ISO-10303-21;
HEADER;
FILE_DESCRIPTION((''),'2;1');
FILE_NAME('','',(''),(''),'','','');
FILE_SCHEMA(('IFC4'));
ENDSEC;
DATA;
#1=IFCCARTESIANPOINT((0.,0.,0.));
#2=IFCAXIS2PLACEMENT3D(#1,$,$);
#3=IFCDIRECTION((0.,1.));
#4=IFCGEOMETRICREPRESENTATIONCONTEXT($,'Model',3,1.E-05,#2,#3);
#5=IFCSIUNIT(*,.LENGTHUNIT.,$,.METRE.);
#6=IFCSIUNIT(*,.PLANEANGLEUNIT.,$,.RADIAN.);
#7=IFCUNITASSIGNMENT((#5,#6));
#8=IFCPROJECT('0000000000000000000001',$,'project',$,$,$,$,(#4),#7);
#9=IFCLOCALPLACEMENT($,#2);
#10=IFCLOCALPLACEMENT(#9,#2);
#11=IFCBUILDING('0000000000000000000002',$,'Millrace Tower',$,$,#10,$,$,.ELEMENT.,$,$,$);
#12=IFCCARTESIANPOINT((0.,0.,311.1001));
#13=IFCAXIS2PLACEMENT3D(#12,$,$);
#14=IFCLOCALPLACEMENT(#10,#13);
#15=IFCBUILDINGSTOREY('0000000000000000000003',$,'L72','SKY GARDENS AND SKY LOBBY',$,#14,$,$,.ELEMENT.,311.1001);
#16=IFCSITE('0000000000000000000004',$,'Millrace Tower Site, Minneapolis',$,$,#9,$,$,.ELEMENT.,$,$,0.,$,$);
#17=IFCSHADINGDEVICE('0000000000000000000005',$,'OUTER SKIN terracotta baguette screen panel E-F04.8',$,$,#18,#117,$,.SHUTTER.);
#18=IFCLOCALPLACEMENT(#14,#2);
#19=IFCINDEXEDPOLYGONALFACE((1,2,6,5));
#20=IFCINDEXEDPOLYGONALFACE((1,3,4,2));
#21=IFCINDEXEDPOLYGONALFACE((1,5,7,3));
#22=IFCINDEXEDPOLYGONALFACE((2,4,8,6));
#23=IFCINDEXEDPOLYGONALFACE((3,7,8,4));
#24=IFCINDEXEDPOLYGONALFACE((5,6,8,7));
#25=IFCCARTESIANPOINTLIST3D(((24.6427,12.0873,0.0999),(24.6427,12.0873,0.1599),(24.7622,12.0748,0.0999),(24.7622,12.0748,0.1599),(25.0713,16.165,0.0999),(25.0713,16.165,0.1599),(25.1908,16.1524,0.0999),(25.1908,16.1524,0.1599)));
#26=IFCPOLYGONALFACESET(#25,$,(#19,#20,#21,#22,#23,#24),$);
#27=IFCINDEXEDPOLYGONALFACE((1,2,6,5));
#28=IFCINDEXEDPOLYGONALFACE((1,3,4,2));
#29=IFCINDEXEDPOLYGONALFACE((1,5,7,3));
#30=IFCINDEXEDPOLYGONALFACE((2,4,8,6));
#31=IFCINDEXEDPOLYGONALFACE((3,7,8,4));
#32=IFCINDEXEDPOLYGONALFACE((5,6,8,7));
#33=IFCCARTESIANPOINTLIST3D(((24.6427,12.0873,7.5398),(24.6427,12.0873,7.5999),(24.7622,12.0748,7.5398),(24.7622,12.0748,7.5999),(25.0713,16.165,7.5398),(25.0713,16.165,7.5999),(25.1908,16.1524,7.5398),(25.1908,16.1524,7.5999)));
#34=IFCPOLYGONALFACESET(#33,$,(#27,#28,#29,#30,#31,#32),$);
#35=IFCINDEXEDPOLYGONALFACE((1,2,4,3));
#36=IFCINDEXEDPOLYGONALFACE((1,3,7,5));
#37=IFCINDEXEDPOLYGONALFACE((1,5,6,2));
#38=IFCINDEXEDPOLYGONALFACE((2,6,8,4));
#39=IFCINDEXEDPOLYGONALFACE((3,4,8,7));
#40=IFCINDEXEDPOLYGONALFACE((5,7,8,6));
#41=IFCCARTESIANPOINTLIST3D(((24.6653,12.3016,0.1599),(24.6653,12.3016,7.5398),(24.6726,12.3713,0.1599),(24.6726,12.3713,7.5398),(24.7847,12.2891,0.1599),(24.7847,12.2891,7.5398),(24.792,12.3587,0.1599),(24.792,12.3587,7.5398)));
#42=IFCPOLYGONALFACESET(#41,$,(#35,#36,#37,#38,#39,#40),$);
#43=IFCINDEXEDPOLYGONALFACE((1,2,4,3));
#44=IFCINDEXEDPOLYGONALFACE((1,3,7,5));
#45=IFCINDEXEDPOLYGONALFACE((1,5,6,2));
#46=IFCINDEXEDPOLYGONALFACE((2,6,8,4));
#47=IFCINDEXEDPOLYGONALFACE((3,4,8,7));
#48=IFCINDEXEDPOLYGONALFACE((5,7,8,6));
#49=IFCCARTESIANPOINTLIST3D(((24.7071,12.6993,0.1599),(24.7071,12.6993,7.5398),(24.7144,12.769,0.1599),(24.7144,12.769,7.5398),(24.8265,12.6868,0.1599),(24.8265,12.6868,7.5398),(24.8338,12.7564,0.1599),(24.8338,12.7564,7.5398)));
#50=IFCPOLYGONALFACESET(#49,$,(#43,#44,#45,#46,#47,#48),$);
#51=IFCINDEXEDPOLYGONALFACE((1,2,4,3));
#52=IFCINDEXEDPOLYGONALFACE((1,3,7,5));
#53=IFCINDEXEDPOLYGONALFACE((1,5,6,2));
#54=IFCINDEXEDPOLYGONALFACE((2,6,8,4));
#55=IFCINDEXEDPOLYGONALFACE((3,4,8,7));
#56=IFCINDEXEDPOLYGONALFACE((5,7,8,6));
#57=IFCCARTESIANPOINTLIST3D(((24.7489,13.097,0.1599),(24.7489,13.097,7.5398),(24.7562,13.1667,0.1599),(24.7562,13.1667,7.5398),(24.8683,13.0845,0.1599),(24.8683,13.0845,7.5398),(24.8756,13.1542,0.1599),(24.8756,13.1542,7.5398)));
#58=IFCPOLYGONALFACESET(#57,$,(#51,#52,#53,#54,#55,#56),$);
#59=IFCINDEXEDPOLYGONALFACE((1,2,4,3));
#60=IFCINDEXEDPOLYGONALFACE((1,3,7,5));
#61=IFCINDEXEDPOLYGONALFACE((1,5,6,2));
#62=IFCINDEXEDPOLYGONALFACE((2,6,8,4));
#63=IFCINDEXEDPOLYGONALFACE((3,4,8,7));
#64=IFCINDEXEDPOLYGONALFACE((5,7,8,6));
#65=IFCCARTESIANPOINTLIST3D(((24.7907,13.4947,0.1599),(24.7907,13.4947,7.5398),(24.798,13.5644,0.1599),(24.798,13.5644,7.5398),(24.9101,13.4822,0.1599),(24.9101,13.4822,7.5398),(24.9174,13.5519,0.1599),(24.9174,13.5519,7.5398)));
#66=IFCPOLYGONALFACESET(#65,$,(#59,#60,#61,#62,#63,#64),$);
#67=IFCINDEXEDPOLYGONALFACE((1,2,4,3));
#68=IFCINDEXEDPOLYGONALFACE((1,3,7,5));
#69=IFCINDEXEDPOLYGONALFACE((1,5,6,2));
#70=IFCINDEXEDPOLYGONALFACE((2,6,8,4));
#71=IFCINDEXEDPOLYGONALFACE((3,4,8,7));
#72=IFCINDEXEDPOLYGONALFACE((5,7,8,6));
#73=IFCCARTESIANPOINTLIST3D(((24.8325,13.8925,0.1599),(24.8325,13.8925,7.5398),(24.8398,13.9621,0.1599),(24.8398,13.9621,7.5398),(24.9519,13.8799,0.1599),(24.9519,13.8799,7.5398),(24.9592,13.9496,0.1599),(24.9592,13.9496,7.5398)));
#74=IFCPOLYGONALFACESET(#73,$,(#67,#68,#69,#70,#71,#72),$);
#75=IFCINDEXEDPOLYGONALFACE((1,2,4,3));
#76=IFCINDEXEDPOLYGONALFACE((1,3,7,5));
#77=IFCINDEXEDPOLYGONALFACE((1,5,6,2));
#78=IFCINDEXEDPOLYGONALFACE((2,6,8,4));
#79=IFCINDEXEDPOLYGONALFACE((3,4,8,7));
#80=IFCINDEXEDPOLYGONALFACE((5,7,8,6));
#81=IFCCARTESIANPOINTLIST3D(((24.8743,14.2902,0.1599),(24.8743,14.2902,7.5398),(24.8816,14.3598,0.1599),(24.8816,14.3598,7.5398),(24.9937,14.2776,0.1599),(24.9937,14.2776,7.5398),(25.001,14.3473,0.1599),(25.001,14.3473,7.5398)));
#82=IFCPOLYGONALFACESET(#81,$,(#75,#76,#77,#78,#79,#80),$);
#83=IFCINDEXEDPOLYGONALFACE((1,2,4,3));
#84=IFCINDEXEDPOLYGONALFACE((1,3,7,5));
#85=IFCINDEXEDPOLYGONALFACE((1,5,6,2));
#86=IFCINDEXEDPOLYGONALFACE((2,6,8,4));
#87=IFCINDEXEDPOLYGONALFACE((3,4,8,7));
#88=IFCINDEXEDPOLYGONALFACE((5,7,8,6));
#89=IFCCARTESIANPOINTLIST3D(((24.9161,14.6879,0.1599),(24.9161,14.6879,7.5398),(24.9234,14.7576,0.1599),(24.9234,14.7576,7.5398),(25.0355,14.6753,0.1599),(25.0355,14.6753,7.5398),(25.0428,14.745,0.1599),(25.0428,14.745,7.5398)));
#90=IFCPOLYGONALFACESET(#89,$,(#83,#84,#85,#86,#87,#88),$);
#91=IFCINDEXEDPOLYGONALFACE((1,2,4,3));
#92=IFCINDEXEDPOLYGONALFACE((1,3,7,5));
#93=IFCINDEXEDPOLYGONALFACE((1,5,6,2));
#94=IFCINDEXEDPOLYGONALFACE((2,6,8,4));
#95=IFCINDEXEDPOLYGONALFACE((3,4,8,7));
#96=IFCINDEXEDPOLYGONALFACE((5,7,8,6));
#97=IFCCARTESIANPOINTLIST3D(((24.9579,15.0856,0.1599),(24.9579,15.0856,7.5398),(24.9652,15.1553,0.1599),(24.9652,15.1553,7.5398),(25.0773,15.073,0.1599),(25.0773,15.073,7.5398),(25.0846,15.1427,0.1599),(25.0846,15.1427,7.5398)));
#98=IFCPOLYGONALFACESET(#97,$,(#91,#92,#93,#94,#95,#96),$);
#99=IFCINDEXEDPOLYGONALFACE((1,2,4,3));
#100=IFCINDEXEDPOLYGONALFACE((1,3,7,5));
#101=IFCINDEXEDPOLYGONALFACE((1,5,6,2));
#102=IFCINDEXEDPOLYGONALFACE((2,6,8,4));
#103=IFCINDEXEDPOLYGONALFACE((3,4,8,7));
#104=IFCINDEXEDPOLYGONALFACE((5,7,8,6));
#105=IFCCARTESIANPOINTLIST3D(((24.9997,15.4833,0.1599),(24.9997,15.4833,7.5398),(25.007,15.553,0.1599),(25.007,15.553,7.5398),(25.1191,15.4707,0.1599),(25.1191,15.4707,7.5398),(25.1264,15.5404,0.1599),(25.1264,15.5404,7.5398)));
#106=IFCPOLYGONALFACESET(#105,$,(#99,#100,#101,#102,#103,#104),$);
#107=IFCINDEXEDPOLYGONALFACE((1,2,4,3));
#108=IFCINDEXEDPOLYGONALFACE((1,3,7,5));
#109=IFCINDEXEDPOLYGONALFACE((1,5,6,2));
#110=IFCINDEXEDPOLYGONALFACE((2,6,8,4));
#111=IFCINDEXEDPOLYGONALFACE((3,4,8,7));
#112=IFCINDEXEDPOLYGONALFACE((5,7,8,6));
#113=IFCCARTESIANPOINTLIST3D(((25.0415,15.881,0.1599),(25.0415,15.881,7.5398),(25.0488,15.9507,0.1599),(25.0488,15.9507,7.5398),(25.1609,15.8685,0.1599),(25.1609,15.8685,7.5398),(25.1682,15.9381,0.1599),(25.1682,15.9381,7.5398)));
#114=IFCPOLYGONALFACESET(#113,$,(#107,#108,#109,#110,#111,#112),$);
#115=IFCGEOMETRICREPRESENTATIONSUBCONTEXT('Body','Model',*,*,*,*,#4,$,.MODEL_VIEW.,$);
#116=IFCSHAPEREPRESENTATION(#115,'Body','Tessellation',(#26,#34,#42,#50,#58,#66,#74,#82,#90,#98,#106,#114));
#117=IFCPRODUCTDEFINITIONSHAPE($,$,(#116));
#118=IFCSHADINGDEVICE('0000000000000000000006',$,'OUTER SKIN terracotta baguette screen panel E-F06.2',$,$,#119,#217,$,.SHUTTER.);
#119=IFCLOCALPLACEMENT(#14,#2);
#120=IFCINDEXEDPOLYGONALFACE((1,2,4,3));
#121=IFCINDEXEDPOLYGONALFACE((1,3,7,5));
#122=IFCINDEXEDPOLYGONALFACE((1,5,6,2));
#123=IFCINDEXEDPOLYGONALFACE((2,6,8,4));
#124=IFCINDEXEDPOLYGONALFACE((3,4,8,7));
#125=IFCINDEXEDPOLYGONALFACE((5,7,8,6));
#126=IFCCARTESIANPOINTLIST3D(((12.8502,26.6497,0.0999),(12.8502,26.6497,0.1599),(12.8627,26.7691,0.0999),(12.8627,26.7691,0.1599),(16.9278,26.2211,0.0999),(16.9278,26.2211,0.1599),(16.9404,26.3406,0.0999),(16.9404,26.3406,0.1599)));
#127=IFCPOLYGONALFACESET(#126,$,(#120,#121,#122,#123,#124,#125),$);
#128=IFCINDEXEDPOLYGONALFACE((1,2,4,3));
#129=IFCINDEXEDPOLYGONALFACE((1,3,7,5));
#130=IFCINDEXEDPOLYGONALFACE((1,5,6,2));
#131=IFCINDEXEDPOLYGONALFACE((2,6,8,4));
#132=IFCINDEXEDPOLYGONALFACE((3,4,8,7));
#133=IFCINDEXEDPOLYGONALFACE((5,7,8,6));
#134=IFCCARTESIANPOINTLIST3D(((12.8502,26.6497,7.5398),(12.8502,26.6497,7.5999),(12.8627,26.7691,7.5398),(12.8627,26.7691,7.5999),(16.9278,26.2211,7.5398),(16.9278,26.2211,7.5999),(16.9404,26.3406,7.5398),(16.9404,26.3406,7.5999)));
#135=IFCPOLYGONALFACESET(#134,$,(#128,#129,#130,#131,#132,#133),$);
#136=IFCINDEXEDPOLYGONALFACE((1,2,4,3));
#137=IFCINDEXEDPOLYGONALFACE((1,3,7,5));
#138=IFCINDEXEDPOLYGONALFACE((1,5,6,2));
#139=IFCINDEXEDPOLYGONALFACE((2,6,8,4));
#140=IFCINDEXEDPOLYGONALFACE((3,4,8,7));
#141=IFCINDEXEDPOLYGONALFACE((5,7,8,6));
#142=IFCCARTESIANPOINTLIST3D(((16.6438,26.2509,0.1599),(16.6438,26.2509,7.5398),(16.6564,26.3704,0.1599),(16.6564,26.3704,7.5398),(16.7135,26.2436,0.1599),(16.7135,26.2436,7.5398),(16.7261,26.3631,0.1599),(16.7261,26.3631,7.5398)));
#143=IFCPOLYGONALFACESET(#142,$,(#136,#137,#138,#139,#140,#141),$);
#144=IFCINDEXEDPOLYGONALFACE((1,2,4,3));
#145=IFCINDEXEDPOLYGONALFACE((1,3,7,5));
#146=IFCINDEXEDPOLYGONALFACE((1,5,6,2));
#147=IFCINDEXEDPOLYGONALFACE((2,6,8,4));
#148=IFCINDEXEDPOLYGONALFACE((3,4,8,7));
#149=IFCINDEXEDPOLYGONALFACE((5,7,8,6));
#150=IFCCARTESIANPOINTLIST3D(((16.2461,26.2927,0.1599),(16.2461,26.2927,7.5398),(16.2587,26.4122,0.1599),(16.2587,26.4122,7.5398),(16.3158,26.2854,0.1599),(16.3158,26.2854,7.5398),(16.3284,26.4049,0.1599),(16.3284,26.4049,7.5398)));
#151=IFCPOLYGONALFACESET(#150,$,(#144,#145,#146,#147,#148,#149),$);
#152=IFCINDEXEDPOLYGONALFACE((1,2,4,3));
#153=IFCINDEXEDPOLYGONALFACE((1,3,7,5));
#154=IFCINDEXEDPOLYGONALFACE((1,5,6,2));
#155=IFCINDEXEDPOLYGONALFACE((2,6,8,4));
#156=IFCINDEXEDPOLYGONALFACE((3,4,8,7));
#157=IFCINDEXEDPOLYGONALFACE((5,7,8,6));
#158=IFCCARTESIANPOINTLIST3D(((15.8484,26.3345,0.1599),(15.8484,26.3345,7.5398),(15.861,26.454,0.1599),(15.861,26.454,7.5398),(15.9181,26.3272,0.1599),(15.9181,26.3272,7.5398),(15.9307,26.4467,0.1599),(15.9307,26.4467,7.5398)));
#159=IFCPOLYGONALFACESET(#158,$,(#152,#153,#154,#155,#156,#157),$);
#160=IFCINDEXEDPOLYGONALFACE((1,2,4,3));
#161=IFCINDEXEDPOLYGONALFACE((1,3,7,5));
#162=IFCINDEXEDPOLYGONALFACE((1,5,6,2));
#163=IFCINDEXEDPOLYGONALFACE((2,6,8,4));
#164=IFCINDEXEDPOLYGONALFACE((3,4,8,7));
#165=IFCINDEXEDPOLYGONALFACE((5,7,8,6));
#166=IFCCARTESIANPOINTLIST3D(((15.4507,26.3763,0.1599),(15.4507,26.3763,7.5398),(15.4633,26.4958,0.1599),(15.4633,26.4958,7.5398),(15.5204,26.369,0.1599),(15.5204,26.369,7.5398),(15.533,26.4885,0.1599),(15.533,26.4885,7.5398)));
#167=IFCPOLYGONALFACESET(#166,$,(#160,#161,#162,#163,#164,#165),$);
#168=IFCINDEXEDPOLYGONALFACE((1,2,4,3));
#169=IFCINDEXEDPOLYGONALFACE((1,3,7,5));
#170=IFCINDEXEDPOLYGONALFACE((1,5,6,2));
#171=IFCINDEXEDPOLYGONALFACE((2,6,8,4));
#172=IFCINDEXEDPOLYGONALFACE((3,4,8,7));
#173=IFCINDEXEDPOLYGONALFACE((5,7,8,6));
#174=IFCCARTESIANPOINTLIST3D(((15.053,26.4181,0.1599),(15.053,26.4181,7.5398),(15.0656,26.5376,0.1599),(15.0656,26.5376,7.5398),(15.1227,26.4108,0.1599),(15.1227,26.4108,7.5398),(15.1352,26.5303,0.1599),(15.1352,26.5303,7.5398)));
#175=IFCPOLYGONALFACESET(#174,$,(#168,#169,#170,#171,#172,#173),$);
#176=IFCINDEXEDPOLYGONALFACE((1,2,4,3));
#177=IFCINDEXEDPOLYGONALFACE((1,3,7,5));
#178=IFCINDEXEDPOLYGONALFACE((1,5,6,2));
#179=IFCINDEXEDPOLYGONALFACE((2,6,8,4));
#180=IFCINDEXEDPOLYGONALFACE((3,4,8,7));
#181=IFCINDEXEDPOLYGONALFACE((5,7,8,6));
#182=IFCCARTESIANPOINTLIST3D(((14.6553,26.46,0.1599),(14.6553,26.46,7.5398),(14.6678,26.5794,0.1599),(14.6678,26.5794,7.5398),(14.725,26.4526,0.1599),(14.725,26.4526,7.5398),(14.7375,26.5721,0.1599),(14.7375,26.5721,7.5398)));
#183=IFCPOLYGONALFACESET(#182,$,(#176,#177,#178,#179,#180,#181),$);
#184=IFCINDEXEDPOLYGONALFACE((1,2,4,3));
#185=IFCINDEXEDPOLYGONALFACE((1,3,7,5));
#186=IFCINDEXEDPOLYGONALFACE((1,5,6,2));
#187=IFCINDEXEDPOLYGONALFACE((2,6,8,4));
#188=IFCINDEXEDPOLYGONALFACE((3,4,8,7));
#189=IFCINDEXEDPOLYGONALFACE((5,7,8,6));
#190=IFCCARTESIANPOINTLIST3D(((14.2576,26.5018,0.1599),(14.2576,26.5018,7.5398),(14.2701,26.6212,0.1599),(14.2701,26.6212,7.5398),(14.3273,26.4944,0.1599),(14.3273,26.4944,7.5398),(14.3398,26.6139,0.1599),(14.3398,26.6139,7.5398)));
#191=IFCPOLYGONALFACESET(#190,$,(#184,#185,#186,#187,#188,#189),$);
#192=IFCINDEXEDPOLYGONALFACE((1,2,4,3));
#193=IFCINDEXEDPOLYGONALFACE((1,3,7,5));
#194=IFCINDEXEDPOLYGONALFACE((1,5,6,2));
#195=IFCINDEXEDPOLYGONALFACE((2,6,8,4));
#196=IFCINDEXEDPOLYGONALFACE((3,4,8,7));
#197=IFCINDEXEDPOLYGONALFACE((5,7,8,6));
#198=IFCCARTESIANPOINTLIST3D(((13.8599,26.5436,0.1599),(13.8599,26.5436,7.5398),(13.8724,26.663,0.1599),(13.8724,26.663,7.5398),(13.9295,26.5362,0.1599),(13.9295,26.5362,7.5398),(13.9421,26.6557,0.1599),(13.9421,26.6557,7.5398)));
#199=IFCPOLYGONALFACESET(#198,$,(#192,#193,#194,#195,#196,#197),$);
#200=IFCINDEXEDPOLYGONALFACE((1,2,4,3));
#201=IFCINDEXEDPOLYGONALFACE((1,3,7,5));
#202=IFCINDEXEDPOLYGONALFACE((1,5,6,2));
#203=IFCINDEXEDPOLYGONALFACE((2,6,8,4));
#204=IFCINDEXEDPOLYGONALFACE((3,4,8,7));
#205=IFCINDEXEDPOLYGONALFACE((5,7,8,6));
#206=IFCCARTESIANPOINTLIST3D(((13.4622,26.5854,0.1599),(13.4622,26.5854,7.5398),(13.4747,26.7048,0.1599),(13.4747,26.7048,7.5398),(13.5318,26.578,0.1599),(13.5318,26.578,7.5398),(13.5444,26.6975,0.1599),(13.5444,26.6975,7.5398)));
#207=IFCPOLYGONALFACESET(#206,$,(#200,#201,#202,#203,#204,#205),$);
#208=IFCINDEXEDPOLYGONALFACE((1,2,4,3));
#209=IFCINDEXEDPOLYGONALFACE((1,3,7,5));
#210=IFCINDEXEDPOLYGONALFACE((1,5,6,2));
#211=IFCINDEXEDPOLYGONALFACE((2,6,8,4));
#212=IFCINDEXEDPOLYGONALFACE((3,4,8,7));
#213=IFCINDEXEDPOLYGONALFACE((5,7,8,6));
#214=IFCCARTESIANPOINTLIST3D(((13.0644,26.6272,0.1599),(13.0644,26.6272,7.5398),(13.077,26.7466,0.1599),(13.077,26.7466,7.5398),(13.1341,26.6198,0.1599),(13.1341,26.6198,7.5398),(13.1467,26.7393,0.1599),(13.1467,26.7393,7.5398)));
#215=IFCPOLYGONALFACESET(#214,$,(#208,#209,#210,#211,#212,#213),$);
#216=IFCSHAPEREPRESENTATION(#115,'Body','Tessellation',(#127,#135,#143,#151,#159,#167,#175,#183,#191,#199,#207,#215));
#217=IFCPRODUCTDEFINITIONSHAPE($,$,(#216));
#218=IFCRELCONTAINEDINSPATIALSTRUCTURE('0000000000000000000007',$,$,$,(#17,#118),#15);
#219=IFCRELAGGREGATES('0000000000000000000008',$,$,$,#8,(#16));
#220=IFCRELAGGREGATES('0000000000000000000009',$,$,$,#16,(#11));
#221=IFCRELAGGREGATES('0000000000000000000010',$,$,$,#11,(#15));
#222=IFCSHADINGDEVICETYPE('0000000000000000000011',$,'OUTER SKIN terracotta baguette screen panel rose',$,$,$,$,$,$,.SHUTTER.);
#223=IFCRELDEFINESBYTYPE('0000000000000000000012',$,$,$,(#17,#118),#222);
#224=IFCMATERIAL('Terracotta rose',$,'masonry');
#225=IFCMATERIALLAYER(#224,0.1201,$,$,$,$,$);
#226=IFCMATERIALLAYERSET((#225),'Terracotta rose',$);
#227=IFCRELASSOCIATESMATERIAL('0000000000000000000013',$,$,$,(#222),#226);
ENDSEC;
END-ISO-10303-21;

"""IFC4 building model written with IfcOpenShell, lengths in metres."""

from ifc_helpers import new_model, entity, si_unit, direction, frame, frame_2d, origin, place, context, subcontext, project, spatial, rectangle, extrude, source, transform, mapped, material, layer, layer_set, type_object, element, save


model = new_model("IFC4")

# Units and contexts
model_context = context("Model", 3, precision=1e-05, world=origin(), true_north=direction((0.0, 1.0)))
body_context = subcontext(model_context, "Body", "Model", "MODEL_VIEW")
ifc_project = project(units=[si_unit("LENGTHUNIT", "METRE"), si_unit("PLANEANGLEUNIT", "RADIAN")], contexts=[model_context])

# Site, building, storey
site_placement = place(None, origin())
site = spatial("IfcSite", under=ifc_project, at=site_placement, Name="Millrace Tower Site, Minneapolis", CompositionType="ELEMENT", RefElevation=0.0)
building_placement = place(site_placement, origin())
building = spatial("IfcBuilding", under=site, at=building_placement, Name="Millrace Tower", CompositionType="ELEMENT")
storey_placement = place(building_placement, frame((0.0, 0.0, 311.1001)))
storey = spatial("IfcBuildingStorey", under=building, at=storey_placement, Name="L72", Description="SKY GARDENS AND SKY LOBBY", CompositionType="ELEMENT", Elevation=311.1001)

# Shading devices
ifc_material_1 = material(Name="Terracotta rose", Category="masonry")
ifc_layer_1 = layer(ifc_material_1, 0.1201)
ifc_layer_set_1 = layer_set([ifc_layer_1], Name="Terracotta rose")
shading_device_type = type_object("IfcShadingDeviceType", Name="OUTER SKIN terracotta baguette screen panel rose", PredefinedType="SHUTTER", material=ifc_layer_set_1)
cartesian_point_1 = entity("IfcCartesianPoint", [-2.05, 0.0601])
shared_polyline_1 = entity("IfcPolyline", [cartesian_point_1, entity("IfcCartesianPoint", [2.05, 0.0601]), entity("IfcCartesianPoint", [2.05, -0.0601]), entity("IfcCartesianPoint", [-2.05, -0.0601]), cartesian_point_1])
shared_shape_1 = source(origin(), body_context, "Body", "SweptSolid", [
    entity("IfcExtrudedAreaSolid", entity("IfcArbitraryClosedProfileDef", "AREA", None, shared_polyline_1), entity("IfcAxis2Placement3D", entity("IfcCartesianPoint", [0.0, 0.0, 0.0])), entity("IfcDirection", [0.0, 0.0, 1.0]), 0.0601),
    entity("IfcExtrudedAreaSolid", entity("IfcArbitraryClosedProfileDef", "AREA", None, shared_polyline_1), entity("IfcAxis2Placement3D", entity("IfcCartesianPoint", [0.0, 0.0, 7.4399])), entity("IfcDirection", [0.0, 0.0, 1.0]), 0.0601),
    extrude(rectangle(XDim=0.0701, YDim=0.1201, at=frame_2d((-1.7996, 0.0))), frame((0.0, 0.0, 0.0601)), (0.0, 0.0, 1.0), 7.3799),
    extrude(rectangle(XDim=0.0701, YDim=0.1201, at=frame_2d((-1.3997, 0.0))), frame((0.0, 0.0, 0.0601)), (0.0, 0.0, 1.0), 7.3799),
    extrude(rectangle(XDim=0.0701, YDim=0.1201, at=frame_2d((-0.9998, 0.0))), frame((0.0, 0.0, 0.0601)), (0.0, 0.0, 1.0), 7.3799),
    extrude(rectangle(XDim=0.0701, YDim=0.1201, at=frame_2d((-0.5999, 0.0))), frame((0.0, 0.0, 0.0601)), (0.0, 0.0, 1.0), 7.3799),
    extrude(rectangle(XDim=0.0701, YDim=0.1201, at=frame_2d((-0.2, 0.0))), frame((0.0, 0.0, 0.0601)), (0.0, 0.0, 1.0), 7.3799),
    extrude(rectangle(XDim=0.0701, YDim=0.1201, at=frame_2d((0.2, 0.0))), frame((0.0, 0.0, 0.0601)), (0.0, 0.0, 1.0), 7.3799),
    extrude(rectangle(XDim=0.0701, YDim=0.1201, at=frame_2d((0.5999, 0.0))), frame((0.0, 0.0, 0.0601)), (0.0, 0.0, 1.0), 7.3799),
    extrude(rectangle(XDim=0.0701, YDim=0.1201, at=frame_2d((0.9998, 0.0))), frame((0.0, 0.0, 0.0601)), (0.0, 0.0, 1.0), 7.3799),
    extrude(rectangle(XDim=0.0701, YDim=0.1201, at=frame_2d((1.3997, 0.0))), frame((0.0, 0.0, 0.0601)), (0.0, 0.0, 1.0), 7.3799),
    extrude(rectangle(XDim=0.0701, YDim=0.1201, at=frame_2d((1.7996, 0.0))), frame((0.0, 0.0, 0.0601)), (0.0, 0.0, 1.0), 7.3799),
])
for number, where, z_axis, x_axis, name in (
    (1, (24.9167, 14.1199, 0.0999), (0.0, 0.0, 1.0), (0.104528, 0.994522, 0.0), "OUTER SKIN terracotta baguette screen panel E-F04.8"),
    (2, (14.8953, 26.4951, 0.0999), (0.0, 0.0, 1.0), (-0.994522, 0.104528, 0.0), "OUTER SKIN terracotta baguette screen panel E-F06.2"),
):
    element("IfcShadingDevice", number, at=place(storey_placement, frame(where, z_axis=z_axis, x_axis=x_axis)), inside=storey, type_object=shading_device_type, Name=name, PredefinedType="SHUTTER", context=body_context, shape_type="MappedRepresentation", body=[
        mapped(shared_shape_1, transform((0.0, 0.0, 0.0), scale=1.0)),
    ])

save(model, "model.ifc")
